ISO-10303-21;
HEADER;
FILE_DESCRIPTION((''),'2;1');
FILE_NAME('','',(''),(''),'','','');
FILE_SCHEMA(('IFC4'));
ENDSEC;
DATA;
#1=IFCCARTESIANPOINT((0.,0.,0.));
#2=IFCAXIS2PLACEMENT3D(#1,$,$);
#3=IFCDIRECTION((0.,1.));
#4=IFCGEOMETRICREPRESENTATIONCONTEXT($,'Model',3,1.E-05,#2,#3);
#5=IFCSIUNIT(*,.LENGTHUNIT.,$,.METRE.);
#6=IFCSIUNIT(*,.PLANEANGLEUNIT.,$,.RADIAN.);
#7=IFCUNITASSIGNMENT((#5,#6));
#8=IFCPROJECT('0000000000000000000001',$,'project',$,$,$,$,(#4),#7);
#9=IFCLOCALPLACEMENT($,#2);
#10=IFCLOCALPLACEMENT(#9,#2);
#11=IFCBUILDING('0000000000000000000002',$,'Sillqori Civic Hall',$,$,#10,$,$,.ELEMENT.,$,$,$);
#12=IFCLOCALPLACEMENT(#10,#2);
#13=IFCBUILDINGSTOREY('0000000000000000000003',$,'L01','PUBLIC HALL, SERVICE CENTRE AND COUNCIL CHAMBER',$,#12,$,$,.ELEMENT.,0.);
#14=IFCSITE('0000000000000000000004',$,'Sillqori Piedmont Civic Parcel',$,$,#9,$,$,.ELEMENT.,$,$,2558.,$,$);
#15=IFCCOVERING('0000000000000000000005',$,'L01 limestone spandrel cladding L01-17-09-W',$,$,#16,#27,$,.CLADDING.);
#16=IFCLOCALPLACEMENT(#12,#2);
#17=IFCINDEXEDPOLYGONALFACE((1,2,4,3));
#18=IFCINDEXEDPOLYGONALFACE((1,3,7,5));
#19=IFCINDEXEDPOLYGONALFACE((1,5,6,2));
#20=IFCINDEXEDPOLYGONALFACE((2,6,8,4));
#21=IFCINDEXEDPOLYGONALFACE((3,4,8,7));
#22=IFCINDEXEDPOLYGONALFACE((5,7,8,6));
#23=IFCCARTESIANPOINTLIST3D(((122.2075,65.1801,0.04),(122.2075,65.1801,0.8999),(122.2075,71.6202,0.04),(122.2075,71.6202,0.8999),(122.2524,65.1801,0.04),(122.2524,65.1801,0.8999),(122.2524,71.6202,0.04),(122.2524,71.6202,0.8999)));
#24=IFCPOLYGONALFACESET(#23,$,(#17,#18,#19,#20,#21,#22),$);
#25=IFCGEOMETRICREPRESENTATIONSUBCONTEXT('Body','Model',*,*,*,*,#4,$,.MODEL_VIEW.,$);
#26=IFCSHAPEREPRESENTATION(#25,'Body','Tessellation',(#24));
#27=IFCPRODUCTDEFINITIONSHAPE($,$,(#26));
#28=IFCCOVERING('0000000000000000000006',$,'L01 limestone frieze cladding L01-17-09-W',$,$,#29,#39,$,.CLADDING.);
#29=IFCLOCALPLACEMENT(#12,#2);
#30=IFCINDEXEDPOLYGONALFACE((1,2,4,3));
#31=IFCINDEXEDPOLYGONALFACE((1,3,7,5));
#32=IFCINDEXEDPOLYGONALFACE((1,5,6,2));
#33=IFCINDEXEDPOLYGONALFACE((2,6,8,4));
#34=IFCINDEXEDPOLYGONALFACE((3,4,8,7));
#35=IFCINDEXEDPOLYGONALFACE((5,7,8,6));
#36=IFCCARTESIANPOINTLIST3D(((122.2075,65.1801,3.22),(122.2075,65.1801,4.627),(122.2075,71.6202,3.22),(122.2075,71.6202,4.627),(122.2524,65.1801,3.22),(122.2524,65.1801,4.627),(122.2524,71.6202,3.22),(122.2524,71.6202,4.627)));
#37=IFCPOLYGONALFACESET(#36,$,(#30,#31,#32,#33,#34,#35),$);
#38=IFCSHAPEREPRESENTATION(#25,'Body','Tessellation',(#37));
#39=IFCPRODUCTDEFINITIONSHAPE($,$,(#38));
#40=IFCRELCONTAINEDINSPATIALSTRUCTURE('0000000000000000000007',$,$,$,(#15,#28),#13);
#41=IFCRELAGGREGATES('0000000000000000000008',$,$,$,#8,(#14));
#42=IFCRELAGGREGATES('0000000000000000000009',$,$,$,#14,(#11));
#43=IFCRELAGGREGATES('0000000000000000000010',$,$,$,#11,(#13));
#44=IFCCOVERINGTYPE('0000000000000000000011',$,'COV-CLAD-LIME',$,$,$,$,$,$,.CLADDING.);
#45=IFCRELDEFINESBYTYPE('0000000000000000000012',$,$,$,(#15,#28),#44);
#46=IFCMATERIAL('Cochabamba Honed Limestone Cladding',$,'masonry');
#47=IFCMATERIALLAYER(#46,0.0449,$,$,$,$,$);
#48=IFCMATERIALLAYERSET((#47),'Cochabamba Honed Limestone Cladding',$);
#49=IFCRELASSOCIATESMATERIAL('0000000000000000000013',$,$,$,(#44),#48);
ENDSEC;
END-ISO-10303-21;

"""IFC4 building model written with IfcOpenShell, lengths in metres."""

from ifc_helpers import new_model, si_unit, direction, frame, frame_2d, origin, place, context, subcontext, project, spatial, rectangle, extrude, material, layer, layer_set, type_object, element, save


model = new_model("IFC4")

# Units and contexts
model_context = context("Model", 3, precision=1e-05, world=origin(), true_north=direction((0.0, 1.0)))
body_context = subcontext(model_context, "Body", "Model", "MODEL_VIEW")
ifc_project = project(units=[si_unit("LENGTHUNIT", "METRE"), si_unit("PLANEANGLEUNIT", "RADIAN")], contexts=[model_context])

# Site, building, storey
site_placement = place(None, origin())
site = spatial("IfcSite", under=ifc_project, at=site_placement, Name="Sillqori Piedmont Civic Parcel", CompositionType="ELEMENT", RefElevation=2558.0)
building_placement = place(site_placement, origin())
building = spatial("IfcBuilding", under=site, at=building_placement, Name="Sillqori Civic Hall", CompositionType="ELEMENT")
storey_placement = place(building_placement, origin())
storey = spatial("IfcBuildingStorey", under=building, at=storey_placement, Name="L01", Description="PUBLIC HALL, SERVICE CENTRE AND COUNCIL CHAMBER", CompositionType="ELEMENT", Elevation=0.0)

# Coverings
ifc_material_1 = material(Name="Cochabamba Honed Limestone Cladding", Category="masonry")
ifc_layer_1 = layer(ifc_material_1, 0.0449)
ifc_layer_set_1 = layer_set([ifc_layer_1], Name="Cochabamba Honed Limestone Cladding")
covering_type = type_object("IfcCoveringType", Name="COV-CLAD-LIME", PredefinedType="CLADDING", material=ifc_layer_set_1)
covering_1_placement = place(storey_placement, frame((122.23, 65.1799, 0.04), z_axis=(0.0, 0.0, 1.0), x_axis=(0.0, 1.0, 0.0)))
element("IfcCovering", 1, at=covering_1_placement, inside=storey, type_object=covering_type, Name="L01 limestone spandrel cladding L01-17-09-W", PredefinedType="CLADDING", context=body_context, shape_type="SweptSolid", body=[
    extrude(rectangle(XDim=6.4402, YDim=0.0449, at=frame_2d((3.2202, 0.0))), origin(), (0.0, 0.0, 1.0), 0.8599),
])
covering_2_placement = place(storey_placement, frame((122.23, 65.1799, 3.22), z_axis=(0.0, 0.0, 1.0), x_axis=(0.0, 1.0, 0.0)))
element("IfcCovering", 2, at=covering_2_placement, inside=storey, type_object=covering_type, Name="L01 limestone frieze cladding L01-17-09-W", PredefinedType="CLADDING", context=body_context, shape_type="SweptSolid", body=[
    extrude(rectangle(XDim=6.4402, YDim=0.0449, at=frame_2d((3.2202, 0.0))), origin(), (0.0, 0.0, 1.0), 1.407),
])

save(model, "model.ifc")
